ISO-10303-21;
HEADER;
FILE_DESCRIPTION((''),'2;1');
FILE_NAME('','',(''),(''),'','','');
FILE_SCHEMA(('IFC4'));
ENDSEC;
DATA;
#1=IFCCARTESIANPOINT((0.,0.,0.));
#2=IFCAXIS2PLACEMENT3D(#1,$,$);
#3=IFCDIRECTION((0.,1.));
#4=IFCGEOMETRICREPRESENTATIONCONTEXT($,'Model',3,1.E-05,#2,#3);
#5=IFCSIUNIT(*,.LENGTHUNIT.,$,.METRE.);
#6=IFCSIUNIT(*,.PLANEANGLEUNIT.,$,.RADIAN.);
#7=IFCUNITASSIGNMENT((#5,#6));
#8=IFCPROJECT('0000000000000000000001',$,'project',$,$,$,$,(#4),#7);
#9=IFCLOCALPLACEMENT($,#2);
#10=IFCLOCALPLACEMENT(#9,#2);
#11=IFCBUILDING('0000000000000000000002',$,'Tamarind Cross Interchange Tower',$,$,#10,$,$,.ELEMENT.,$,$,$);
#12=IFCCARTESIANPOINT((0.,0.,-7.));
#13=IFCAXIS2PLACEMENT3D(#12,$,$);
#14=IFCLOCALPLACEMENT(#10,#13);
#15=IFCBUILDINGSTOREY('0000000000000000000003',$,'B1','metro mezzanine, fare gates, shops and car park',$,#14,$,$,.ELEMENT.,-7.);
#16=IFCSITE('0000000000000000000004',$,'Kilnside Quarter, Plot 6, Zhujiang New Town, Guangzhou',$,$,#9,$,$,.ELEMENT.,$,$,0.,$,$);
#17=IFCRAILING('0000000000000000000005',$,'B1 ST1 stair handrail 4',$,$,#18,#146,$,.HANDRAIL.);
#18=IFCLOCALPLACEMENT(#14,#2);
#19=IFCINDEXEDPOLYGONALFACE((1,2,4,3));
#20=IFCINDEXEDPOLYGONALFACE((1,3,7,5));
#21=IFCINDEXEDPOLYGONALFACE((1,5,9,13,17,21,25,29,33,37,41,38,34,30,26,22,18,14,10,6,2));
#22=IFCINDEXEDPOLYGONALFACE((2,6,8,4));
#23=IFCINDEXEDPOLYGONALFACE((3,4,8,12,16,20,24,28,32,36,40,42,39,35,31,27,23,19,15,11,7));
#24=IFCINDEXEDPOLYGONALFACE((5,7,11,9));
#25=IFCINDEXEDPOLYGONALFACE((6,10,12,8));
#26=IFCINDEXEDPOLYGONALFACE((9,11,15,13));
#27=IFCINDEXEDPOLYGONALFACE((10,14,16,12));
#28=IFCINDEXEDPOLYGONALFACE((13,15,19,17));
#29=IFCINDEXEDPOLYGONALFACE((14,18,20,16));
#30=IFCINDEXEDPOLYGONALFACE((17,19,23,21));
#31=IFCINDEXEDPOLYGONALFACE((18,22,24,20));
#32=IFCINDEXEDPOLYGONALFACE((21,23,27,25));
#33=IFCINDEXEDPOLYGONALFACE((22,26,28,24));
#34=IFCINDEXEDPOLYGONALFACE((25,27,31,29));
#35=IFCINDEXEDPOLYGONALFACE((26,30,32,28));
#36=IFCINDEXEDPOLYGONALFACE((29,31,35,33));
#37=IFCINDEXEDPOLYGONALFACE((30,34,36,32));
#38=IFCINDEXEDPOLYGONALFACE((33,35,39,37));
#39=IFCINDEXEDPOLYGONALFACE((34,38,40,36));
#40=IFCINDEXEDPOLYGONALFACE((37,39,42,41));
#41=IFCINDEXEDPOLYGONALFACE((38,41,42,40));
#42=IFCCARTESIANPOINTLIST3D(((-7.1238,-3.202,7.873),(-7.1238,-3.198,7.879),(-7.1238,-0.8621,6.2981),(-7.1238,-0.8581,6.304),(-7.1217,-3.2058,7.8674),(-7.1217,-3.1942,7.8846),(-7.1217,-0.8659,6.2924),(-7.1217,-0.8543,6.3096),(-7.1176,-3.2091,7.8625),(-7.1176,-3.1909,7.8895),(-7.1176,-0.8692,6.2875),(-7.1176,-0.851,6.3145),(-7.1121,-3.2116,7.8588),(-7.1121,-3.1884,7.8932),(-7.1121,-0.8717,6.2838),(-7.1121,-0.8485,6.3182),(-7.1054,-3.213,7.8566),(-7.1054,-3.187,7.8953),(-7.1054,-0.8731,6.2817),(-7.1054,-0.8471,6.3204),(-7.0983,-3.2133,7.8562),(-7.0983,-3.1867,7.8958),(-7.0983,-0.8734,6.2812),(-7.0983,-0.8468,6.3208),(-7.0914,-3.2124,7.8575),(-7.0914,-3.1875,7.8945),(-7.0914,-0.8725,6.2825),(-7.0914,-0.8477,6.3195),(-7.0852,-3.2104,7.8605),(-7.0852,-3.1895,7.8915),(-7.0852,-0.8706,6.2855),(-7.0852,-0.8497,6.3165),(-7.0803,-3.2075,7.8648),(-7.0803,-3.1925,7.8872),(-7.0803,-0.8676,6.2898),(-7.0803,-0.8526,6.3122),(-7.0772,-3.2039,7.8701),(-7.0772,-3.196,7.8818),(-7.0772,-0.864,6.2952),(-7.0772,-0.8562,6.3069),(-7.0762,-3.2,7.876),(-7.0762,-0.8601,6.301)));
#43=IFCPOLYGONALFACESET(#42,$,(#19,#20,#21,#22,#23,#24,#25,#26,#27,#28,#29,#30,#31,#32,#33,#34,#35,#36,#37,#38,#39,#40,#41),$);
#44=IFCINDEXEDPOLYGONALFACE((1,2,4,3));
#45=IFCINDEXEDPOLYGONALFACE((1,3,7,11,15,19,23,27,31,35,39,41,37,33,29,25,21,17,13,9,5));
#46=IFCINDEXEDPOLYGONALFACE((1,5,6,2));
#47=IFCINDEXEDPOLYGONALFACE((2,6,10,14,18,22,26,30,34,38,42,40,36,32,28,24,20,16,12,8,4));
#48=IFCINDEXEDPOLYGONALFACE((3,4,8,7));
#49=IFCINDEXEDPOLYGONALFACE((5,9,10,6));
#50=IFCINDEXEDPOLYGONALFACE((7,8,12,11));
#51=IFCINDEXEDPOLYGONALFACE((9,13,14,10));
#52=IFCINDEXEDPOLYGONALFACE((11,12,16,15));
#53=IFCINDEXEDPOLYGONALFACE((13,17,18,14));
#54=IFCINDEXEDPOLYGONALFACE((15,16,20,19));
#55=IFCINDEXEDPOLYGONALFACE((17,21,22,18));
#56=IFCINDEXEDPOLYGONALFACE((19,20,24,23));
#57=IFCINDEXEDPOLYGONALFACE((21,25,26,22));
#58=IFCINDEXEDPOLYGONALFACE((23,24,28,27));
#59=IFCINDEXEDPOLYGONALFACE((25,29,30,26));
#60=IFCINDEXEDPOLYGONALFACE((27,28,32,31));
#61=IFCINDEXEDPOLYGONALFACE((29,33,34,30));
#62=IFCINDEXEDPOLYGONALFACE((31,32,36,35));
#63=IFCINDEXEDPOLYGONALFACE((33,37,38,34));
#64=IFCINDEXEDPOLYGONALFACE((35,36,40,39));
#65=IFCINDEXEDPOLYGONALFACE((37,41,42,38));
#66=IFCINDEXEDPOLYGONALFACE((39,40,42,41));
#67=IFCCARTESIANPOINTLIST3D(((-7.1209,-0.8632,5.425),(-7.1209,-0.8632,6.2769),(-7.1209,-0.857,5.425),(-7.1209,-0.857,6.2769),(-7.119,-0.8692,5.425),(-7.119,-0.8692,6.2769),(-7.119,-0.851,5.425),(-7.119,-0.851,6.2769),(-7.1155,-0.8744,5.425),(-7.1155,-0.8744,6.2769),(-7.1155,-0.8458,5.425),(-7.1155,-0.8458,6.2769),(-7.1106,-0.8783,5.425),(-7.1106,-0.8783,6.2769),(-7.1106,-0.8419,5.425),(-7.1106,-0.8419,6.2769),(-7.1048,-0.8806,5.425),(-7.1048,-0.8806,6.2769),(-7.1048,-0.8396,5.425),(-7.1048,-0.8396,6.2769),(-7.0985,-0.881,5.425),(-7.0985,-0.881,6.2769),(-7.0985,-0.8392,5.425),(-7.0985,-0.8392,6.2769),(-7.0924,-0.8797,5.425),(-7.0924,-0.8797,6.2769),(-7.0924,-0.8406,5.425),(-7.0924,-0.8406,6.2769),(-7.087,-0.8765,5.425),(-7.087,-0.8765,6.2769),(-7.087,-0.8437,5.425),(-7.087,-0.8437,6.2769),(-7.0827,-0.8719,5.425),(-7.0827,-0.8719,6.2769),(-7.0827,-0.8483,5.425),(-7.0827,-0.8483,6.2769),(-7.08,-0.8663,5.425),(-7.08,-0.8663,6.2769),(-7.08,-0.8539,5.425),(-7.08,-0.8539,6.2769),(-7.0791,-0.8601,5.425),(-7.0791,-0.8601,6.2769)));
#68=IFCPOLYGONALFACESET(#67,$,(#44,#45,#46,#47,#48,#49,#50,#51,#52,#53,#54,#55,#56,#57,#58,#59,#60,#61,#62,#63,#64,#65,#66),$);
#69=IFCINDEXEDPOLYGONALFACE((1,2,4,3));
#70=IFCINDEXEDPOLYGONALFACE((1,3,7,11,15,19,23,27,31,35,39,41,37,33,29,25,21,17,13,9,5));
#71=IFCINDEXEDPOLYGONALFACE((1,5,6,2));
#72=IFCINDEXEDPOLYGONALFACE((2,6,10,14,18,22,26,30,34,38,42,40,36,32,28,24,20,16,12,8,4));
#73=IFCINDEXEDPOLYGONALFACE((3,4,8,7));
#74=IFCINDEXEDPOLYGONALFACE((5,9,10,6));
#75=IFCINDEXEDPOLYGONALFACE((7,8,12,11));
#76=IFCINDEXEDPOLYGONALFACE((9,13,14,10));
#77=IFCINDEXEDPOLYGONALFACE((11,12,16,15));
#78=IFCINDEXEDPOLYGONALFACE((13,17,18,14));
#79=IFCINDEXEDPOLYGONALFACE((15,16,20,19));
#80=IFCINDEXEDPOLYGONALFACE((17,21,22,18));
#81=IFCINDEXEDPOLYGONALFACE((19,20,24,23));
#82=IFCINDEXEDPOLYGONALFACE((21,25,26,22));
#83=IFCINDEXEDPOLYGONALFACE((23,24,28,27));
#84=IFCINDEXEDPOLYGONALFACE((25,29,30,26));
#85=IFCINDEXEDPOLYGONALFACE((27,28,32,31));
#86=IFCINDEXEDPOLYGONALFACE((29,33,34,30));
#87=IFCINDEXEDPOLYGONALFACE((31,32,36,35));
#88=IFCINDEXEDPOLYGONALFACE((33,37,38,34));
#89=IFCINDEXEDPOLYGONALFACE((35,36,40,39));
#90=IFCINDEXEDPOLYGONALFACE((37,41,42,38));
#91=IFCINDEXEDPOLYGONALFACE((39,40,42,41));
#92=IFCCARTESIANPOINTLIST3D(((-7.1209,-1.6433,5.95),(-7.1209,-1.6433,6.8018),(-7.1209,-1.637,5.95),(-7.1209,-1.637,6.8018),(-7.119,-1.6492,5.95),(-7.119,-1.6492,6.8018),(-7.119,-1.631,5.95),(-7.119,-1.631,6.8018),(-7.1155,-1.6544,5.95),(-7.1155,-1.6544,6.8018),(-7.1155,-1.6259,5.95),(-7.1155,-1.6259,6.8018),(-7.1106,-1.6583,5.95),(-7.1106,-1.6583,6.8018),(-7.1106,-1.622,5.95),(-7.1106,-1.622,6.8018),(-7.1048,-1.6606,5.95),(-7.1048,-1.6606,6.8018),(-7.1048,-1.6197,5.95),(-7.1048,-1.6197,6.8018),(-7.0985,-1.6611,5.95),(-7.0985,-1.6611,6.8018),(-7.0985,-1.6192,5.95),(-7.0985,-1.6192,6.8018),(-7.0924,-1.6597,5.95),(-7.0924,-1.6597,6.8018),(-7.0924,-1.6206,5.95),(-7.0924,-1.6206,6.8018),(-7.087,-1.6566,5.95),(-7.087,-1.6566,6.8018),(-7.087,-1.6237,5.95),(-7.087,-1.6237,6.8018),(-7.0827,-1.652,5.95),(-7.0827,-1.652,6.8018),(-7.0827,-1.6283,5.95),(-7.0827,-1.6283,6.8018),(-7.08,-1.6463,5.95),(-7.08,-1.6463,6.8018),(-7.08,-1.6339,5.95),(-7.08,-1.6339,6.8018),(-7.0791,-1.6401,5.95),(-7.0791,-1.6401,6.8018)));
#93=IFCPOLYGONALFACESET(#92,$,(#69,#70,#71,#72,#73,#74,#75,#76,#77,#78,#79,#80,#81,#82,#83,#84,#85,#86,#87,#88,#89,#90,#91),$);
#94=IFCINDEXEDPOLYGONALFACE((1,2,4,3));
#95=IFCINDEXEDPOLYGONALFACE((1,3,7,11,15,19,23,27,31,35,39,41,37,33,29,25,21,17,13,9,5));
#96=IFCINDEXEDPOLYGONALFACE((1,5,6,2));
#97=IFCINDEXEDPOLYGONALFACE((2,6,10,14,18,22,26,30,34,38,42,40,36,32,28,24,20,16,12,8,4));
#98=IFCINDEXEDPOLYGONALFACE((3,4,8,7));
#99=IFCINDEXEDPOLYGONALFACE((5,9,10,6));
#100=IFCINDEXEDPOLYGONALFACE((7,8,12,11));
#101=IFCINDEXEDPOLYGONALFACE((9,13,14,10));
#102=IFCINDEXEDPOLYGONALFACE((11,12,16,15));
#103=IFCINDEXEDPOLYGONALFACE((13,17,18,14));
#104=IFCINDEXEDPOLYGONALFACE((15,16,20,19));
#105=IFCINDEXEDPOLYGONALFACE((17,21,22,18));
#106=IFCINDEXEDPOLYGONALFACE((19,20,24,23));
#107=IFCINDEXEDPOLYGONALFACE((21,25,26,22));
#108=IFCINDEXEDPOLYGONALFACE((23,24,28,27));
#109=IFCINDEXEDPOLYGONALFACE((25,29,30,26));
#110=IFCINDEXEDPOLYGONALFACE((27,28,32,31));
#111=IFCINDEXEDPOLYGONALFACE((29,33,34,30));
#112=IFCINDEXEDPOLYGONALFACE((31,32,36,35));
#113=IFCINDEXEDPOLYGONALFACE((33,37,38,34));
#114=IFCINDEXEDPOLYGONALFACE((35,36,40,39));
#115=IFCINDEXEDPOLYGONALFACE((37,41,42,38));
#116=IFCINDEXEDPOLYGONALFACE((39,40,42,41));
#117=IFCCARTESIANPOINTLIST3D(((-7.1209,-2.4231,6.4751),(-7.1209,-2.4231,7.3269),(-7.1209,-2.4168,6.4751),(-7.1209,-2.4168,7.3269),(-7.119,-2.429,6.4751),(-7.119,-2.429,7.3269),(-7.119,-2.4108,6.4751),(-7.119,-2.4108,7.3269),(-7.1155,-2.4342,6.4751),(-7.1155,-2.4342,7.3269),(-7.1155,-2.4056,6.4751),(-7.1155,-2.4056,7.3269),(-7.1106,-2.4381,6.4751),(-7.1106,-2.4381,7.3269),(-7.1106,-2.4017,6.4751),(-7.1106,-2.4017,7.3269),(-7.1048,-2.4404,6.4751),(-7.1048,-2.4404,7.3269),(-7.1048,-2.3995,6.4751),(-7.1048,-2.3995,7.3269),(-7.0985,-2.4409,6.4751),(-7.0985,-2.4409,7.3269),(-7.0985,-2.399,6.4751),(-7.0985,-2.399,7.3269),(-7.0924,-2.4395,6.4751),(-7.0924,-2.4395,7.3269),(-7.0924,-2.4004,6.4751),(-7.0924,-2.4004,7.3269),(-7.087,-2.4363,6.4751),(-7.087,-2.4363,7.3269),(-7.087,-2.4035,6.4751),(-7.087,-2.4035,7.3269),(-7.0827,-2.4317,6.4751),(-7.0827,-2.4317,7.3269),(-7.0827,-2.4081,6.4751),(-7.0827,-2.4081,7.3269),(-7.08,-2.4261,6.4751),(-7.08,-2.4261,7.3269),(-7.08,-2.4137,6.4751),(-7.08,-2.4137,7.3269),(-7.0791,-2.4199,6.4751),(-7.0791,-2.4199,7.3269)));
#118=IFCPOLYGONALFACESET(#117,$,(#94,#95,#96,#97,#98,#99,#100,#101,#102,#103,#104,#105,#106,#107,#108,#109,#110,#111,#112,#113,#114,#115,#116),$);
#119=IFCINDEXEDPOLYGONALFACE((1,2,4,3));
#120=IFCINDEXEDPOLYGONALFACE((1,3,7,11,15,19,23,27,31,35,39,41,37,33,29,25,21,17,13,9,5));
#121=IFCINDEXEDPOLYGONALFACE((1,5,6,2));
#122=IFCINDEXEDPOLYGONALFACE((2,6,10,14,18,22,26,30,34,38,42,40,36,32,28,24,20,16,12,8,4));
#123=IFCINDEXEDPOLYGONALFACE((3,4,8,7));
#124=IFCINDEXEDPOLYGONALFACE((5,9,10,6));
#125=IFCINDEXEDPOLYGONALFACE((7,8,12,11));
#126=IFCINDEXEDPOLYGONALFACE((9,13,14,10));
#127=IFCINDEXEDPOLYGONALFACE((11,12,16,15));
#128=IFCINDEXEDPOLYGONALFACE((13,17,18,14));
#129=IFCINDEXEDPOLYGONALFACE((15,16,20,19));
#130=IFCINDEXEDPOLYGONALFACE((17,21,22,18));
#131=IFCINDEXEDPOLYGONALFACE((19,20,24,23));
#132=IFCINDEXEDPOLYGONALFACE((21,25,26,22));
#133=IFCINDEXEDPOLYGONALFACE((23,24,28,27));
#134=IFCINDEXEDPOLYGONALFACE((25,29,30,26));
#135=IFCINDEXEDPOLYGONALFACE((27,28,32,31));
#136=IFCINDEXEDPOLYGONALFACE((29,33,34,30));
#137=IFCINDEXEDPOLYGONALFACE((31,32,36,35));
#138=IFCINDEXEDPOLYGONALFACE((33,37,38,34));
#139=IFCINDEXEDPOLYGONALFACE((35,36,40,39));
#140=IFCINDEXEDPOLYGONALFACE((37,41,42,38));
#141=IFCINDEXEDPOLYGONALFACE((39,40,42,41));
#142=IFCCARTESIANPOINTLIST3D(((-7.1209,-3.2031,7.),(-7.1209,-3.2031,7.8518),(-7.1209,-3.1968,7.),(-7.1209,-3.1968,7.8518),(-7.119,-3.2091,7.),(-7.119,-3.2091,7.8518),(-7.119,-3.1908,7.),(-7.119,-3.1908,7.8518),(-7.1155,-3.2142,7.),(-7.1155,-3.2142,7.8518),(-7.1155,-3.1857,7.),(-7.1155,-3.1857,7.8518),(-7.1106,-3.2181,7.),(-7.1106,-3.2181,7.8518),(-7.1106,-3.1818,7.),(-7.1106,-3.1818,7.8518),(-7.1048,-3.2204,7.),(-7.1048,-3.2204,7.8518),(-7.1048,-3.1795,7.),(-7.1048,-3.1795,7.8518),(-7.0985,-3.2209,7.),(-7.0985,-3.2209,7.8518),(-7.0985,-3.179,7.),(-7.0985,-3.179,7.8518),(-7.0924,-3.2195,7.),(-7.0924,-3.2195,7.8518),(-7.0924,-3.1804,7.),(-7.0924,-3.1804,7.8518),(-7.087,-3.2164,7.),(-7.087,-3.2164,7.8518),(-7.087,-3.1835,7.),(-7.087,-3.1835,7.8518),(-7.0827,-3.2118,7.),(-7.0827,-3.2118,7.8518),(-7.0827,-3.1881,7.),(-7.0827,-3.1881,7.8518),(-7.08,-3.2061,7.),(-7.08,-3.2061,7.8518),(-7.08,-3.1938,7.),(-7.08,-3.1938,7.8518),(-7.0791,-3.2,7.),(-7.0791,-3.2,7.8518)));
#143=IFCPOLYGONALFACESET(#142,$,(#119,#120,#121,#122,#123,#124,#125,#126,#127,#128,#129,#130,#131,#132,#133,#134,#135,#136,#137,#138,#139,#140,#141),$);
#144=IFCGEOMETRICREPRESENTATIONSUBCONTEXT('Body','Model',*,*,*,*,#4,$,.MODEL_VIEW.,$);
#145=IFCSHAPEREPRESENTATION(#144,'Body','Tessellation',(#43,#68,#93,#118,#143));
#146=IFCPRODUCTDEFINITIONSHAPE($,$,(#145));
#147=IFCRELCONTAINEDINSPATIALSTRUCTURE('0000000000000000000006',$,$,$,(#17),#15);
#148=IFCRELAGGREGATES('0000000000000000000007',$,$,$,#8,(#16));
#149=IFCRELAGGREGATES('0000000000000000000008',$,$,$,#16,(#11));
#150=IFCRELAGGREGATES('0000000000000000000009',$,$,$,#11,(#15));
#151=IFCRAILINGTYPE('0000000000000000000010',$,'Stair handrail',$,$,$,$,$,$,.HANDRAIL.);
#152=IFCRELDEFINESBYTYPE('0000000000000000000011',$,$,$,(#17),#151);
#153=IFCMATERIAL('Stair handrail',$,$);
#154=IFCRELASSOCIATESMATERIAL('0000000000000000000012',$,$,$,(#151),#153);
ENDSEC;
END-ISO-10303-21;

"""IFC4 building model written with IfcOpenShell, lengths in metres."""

from ifc_helpers import new_model, si_unit, direction, frame, origin, origin_2d, place, context, subcontext, project, spatial, circle, extrude, material, type_object, element, save


model = new_model("IFC4")

# Units and contexts
model_context = context("Model", 3, precision=1e-05, world=origin(), true_north=direction((0.0, 1.0)))
body_context = subcontext(model_context, "Body", "Model", "MODEL_VIEW")
ifc_project = project(units=[si_unit("LENGTHUNIT", "METRE"), si_unit("PLANEANGLEUNIT", "RADIAN")], contexts=[model_context])

# Site, building, storey
site_placement = place(None, origin())
site = spatial("IfcSite", under=ifc_project, at=site_placement, Name="Kilnside Quarter, Plot 6, Zhujiang New Town, Guangzhou", CompositionType="ELEMENT", RefElevation=0.0)
building_placement = place(site_placement, origin())
building = spatial("IfcBuilding", under=site, at=building_placement, Name="Tamarind Cross Interchange Tower", CompositionType="ELEMENT")
storey_placement = place(building_placement, frame((0.0, 0.0, -7.0)))
storey = spatial("IfcBuildingStorey", under=building, at=storey_placement, Name="B1", Description="metro mezzanine, fare gates, shops and car park", CompositionType="ELEMENT", Elevation=-7.0)

# Railing
ifc_material_1 = material(Name="Stair handrail")
railing_type = type_object("IfcRailingType", Name="Stair handrail", PredefinedType="HANDRAIL", material=ifc_material_1)
for number, where, name in (
    (1, (-7.1001, -0.8601, 5.425), "B1 ST1 stair handrail 4"),
):
    element("IfcRailing", number, at=place(storey_placement, frame(where)), inside=storey, type_object=railing_type, Name=name, PredefinedType="HANDRAIL", context=body_context, shape_type="SweptSolid", body=[
        extrude(circle(Radius=0.0239, at=origin_2d()), frame((0.0, 0.0, 0.876), z_axis=(0.0, -0.829578, 0.55839), x_axis=(1.0, 0.0, 0.0)), (0.0, 0.0, 1.0), 2.8206),
        extrude(circle(Radius=0.021, at=origin_2d()), origin(), (0.0, 0.0, 1.0), 0.8518),
        extrude(circle(Radius=0.021, at=origin_2d()), frame((0.0, -0.78, 0.5249)), (0.0, 0.0, 1.0), 0.8518),
        extrude(circle(Radius=0.021, at=origin_2d()), frame((0.0, -1.5598, 1.05)), (0.0, 0.0, 1.0), 0.8518),
        extrude(circle(Radius=0.021, at=origin_2d()), frame((0.0, -2.3398, 1.575)), (0.0, 0.0, 1.0), 0.8518),
    ])

save(model, "model.ifc")
